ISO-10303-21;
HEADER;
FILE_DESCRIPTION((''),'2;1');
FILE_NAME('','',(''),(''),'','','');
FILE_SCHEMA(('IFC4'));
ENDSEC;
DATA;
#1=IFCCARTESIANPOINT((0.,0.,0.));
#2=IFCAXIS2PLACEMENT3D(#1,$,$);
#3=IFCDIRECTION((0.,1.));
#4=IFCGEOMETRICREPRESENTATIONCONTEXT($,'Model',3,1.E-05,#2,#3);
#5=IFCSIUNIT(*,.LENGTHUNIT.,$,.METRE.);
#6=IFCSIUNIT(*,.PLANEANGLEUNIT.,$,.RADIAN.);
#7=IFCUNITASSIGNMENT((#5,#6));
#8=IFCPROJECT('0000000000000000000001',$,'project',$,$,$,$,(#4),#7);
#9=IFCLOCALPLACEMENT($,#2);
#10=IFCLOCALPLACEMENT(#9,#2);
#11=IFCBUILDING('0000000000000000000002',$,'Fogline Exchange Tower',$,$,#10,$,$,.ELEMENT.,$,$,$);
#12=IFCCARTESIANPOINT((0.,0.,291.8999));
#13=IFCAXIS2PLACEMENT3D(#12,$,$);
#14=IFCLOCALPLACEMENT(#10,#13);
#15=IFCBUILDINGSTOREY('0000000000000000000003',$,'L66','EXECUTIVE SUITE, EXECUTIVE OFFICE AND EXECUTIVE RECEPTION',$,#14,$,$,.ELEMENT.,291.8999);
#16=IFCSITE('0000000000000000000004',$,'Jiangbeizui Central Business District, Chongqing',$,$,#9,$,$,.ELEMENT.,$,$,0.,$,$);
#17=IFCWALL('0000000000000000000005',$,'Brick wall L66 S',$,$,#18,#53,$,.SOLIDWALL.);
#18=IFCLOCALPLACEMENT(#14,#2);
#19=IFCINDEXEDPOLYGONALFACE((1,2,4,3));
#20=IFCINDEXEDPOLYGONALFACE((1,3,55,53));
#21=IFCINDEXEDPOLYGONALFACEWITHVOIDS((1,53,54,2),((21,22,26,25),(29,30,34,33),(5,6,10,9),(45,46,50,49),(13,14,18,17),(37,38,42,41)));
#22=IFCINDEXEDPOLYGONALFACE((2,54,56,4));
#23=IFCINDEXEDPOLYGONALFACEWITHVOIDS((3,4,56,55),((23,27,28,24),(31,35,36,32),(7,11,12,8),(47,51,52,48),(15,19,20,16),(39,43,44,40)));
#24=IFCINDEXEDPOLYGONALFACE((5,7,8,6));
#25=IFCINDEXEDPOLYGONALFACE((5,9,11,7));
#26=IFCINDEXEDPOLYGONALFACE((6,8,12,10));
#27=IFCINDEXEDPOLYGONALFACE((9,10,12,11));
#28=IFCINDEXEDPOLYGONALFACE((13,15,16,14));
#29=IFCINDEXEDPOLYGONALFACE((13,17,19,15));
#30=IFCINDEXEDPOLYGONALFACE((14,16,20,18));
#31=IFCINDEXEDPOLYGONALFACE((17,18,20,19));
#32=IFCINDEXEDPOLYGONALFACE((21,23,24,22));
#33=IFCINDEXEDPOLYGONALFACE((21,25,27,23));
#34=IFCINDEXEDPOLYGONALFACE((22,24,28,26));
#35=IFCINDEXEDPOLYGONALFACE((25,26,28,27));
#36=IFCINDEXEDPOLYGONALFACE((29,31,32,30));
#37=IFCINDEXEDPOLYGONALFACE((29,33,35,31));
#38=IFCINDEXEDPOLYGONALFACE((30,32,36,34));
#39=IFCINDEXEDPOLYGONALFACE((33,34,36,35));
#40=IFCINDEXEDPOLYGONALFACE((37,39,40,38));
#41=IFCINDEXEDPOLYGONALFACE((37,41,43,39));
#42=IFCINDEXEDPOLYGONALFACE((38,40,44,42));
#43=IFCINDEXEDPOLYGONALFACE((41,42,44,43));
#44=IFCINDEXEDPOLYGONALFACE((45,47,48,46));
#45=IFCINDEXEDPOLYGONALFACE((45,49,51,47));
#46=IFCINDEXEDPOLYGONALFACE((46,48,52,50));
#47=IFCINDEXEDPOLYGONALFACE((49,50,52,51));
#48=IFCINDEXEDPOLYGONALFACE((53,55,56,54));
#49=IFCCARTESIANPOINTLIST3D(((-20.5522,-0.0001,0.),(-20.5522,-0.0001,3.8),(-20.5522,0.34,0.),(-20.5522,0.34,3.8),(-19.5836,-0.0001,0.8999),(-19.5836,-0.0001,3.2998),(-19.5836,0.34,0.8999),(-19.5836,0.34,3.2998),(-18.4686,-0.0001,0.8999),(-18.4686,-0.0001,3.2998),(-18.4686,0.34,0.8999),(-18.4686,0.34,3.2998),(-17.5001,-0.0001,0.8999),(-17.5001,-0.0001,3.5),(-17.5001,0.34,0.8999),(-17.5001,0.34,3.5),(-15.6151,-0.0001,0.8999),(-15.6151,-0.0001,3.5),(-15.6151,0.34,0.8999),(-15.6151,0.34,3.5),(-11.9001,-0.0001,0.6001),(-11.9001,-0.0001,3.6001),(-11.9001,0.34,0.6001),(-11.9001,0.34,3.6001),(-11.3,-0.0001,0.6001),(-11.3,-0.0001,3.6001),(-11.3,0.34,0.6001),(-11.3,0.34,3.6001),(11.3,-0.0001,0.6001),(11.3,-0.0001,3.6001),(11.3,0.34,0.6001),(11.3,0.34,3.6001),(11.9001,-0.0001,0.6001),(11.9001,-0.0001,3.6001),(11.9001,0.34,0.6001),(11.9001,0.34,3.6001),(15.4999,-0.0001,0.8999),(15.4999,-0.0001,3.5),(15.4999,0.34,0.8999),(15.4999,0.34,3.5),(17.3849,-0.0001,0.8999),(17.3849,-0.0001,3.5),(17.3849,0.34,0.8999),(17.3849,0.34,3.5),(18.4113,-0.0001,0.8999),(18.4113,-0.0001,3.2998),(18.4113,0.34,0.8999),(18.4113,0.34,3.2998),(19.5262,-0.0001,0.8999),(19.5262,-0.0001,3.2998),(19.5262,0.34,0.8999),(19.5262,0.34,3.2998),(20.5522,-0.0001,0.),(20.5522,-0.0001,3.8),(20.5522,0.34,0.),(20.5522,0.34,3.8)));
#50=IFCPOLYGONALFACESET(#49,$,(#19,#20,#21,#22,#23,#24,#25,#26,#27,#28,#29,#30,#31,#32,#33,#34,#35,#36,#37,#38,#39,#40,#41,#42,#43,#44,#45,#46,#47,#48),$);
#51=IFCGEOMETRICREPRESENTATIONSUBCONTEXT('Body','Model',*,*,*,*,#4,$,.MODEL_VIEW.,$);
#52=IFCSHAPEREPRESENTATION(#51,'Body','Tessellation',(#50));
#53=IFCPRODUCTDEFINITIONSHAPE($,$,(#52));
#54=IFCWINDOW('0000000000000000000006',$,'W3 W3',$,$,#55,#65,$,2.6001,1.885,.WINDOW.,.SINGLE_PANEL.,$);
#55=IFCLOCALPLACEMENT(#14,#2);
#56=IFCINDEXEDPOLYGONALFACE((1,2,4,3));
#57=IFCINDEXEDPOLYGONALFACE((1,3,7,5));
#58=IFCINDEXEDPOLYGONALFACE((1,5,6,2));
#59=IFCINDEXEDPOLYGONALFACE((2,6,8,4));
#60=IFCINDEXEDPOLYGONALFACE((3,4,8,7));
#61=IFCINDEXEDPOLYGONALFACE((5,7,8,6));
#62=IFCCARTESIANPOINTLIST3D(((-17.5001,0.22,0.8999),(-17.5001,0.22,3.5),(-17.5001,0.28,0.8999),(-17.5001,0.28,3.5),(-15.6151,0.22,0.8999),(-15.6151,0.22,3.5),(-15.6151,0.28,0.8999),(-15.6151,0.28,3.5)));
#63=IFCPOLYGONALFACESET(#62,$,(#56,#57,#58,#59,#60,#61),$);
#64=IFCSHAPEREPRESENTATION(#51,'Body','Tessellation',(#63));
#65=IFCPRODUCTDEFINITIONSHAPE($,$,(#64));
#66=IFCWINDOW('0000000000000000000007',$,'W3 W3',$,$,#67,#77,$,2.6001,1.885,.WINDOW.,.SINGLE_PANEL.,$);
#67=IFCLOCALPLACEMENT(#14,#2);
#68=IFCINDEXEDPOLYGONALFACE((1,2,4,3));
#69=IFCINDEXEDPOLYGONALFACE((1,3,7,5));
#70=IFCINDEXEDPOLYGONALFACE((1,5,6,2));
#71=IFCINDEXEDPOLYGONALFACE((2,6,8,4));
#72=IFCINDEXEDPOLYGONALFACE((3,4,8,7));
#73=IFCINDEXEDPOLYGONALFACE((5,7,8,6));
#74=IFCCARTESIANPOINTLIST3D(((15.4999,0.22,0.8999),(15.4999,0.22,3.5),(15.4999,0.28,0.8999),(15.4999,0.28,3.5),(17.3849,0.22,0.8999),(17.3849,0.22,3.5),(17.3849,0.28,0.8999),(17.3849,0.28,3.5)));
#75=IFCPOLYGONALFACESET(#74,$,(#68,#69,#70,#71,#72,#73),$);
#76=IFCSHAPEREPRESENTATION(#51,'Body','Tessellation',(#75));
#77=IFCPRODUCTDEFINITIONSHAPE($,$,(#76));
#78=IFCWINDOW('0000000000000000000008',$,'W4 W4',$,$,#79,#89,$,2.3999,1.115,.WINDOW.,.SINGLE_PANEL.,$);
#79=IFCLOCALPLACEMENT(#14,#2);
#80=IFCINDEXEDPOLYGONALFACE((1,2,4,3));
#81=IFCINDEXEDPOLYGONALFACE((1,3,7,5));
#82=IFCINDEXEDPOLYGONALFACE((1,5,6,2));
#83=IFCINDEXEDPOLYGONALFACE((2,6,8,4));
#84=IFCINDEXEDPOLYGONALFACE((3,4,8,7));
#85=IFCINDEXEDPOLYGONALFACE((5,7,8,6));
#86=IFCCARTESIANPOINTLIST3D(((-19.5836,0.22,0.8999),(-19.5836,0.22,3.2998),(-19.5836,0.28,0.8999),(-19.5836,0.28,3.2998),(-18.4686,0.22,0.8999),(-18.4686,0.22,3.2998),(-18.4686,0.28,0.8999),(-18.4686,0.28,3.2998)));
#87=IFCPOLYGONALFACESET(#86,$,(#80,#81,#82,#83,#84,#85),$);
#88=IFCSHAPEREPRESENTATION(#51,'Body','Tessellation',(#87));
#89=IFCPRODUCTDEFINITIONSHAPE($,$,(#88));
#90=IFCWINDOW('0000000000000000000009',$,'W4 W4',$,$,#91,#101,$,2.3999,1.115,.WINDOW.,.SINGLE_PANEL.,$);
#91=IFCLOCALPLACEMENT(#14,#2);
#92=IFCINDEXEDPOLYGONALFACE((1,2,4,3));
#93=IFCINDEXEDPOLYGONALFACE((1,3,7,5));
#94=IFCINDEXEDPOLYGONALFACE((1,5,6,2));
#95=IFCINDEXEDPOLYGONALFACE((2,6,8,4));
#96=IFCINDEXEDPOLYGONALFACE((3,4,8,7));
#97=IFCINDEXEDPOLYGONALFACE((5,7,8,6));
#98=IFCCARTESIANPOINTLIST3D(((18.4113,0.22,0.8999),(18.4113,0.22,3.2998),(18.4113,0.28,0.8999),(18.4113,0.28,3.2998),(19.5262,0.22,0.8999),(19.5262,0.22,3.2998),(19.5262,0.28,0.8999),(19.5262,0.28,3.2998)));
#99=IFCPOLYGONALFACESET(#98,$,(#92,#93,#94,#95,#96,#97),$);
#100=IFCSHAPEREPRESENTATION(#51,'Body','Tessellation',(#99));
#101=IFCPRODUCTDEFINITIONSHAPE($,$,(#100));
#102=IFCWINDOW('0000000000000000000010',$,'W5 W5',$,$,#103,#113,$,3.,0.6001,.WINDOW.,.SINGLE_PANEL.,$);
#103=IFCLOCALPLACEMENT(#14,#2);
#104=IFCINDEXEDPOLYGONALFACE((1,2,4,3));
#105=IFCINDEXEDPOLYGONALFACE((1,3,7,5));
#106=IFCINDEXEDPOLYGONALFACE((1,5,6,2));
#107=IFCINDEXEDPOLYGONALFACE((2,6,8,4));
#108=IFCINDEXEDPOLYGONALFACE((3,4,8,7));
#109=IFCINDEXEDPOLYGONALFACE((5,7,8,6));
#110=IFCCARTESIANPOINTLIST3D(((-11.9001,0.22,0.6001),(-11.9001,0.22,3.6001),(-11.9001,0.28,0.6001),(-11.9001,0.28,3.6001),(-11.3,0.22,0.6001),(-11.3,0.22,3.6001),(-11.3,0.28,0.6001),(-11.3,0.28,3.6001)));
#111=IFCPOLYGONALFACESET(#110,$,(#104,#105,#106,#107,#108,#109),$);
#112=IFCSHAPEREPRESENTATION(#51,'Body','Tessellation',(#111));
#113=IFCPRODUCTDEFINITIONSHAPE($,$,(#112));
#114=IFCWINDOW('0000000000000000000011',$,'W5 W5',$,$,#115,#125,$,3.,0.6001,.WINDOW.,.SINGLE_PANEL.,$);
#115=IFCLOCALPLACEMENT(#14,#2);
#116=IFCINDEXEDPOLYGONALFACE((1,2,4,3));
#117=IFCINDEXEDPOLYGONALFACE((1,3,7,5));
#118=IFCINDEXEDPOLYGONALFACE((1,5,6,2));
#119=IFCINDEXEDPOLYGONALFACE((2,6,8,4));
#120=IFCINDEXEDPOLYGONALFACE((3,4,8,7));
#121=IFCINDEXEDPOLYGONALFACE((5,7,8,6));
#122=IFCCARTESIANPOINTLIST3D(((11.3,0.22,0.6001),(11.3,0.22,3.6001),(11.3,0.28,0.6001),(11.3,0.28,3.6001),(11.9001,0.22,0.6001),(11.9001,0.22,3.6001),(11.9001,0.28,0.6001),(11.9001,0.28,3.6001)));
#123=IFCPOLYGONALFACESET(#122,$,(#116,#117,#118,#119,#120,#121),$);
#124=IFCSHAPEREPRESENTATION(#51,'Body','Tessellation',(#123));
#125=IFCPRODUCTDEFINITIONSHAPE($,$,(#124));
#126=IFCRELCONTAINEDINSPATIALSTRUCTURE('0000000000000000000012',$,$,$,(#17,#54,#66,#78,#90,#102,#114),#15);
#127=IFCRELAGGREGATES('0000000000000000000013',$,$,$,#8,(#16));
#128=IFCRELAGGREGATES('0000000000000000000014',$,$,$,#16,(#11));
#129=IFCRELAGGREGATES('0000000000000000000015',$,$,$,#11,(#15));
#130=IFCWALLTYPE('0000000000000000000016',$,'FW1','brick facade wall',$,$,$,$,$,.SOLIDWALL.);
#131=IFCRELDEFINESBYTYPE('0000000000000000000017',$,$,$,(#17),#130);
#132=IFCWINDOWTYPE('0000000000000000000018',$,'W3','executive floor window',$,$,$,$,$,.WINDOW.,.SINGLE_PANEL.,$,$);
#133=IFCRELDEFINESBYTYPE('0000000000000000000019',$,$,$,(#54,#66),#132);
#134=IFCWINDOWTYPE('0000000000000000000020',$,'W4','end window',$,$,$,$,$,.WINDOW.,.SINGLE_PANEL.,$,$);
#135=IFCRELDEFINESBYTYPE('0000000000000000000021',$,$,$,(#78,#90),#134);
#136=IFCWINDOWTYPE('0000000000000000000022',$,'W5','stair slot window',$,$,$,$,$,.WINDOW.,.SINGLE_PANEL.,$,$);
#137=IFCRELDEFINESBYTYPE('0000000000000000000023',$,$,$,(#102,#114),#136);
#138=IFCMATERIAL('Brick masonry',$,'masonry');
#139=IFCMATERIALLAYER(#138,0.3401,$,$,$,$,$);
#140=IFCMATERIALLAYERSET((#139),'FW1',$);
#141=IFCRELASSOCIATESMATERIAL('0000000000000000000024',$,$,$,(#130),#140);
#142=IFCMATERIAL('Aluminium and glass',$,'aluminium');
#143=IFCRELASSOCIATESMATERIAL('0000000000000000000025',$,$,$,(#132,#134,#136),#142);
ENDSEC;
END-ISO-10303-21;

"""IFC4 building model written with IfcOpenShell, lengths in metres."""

from ifc_helpers import new_model, si_unit, direction, frame, frame_2d, origin, place, context, subcontext, project, spatial, rectangle, extrude, material, layer, layer_set, type_object, element, fill, save


model = new_model("IFC4")

# Units and contexts
model_context = context("Model", 3, precision=1e-05, world=origin(), true_north=direction((0.0, 1.0)))
body_context = subcontext(model_context, "Body", "Model", "MODEL_VIEW")
ifc_project = project(units=[si_unit("LENGTHUNIT", "METRE"), si_unit("PLANEANGLEUNIT", "RADIAN")], contexts=[model_context])

# Site, building, storey
site_placement = place(None, origin())
site = spatial("IfcSite", under=ifc_project, at=site_placement, Name="Jiangbeizui Central Business District, Chongqing", CompositionType="ELEMENT", RefElevation=0.0)
building_placement = place(site_placement, origin())
building = spatial("IfcBuilding", under=site, at=building_placement, Name="Fogline Exchange Tower", CompositionType="ELEMENT")
storey_placement = place(building_placement, frame((0.0, 0.0, 291.8999)))
storey = spatial("IfcBuildingStorey", under=building, at=storey_placement, Name="L66", Description="EXECUTIVE SUITE, EXECUTIVE OFFICE AND EXECUTIVE RECEPTION", CompositionType="ELEMENT", Elevation=291.8999)

# Shared definitions
ifc_material_1 = material(Name="Brick masonry", Category="masonry")
ifc_layer = layer(ifc_material_1, 0.3401)
ifc_layer_set = layer_set([ifc_layer], Name="FW1")
wall_type = type_object("IfcWallType", Name="FW1", Description="brick facade wall", PredefinedType="SOLIDWALL", material=ifc_layer_set)
ifc_material_2 = material(Name="Aluminium and glass", Category="aluminium")

# Wall, openings, windows
wall_1_placement = place(storey_placement, frame((-20.5522, 0.1699, 0.0), z_axis=(0.0, 0.0, 1.0), x_axis=(1.0, 0.0, 0.0)))
wall_1 = element("IfcWall", 1, at=wall_1_placement, inside=storey, type_object=wall_type, Name="Brick wall L66 S", PredefinedType="SOLIDWALL", context=body_context, shape_type="SweptSolid", body=[
    extrude(rectangle(XDim=41.1045, YDim=0.3401, at=frame_2d((20.5522, 0.0))), origin(), (0.0, 0.0, 1.0), 3.8),
])
opening_1_placement = place(wall_1_placement, frame((3.0522, 0.0, 0.8999)))
opening_1 = element("IfcOpeningElement", 2, at=opening_1_placement, cuts=wall_1, PredefinedType="OPENING", context=body_context, shape_type="SweptSolid", body=[
    extrude(rectangle(XDim=1.885, YDim=2.6001, at=frame_2d((0.9424, 1.3))), frame((0.0, 0.1802, 0.0), z_axis=(0.0, -1.0, 0.0), x_axis=(1.0, 0.0, 0.0)), (0.0, 0.0, 1.0), 0.3601),
])
opening_2_placement = place(wall_1_placement, frame((36.0522, 0.0, 0.8999)))
opening_2 = element("IfcOpeningElement", 3, at=opening_2_placement, cuts=wall_1, PredefinedType="OPENING", context=body_context, shape_type="SweptSolid", body=[
    extrude(rectangle(XDim=1.885, YDim=2.6001, at=frame_2d((0.9424, 1.3))), frame((0.0, 0.1802, 0.0), z_axis=(0.0, -1.0, 0.0), x_axis=(1.0, 0.0, 0.0)), (0.0, 0.0, 1.0), 0.3601),
])
opening_3_placement = place(wall_1_placement, frame((0.9685, 0.0, 0.8999)))
opening_3 = element("IfcOpeningElement", 4, at=opening_3_placement, cuts=wall_1, PredefinedType="OPENING", context=body_context, shape_type="SweptSolid", body=[
    extrude(rectangle(XDim=1.115, YDim=2.3999, at=frame_2d((0.5576, 1.2))), frame((0.0, 0.1802, 0.0), z_axis=(0.0, -1.0, 0.0), x_axis=(1.0, 0.0, 0.0)), (0.0, 0.0, 1.0), 0.3601),
])
opening_4_placement = place(wall_1_placement, frame((38.9634, 0.0, 0.8999)))
opening_4 = element("IfcOpeningElement", 5, at=opening_4_placement, cuts=wall_1, PredefinedType="OPENING", context=body_context, shape_type="SweptSolid", body=[
    extrude(rectangle(XDim=1.115, YDim=2.3999, at=frame_2d((0.5576, 1.2))), frame((0.0, 0.1802, 0.0), z_axis=(0.0, -1.0, 0.0), x_axis=(1.0, 0.0, 0.0)), (0.0, 0.0, 1.0), 0.3601),
])
opening_5_placement = place(wall_1_placement, frame((8.6521, 0.0, 0.6001)))
opening_5 = element("IfcOpeningElement", 6, at=opening_5_placement, cuts=wall_1, PredefinedType="OPENING", context=body_context, shape_type="SweptSolid", body=[
    extrude(rectangle(XDim=0.6001, YDim=3.0, at=frame_2d((0.3, 1.5))), frame((0.0, 0.1802, 0.0), z_axis=(0.0, -1.0, 0.0), x_axis=(1.0, 0.0, 0.0)), (0.0, 0.0, 1.0), 0.3601),
])
opening_6_placement = place(wall_1_placement, frame((31.8523, 0.0, 0.6001)))
opening_6 = element("IfcOpeningElement", 7, at=opening_6_placement, cuts=wall_1, PredefinedType="OPENING", context=body_context, shape_type="SweptSolid", body=[
    extrude(rectangle(XDim=0.6001, YDim=3.0, at=frame_2d((0.3, 1.5))), frame((0.0, 0.1802, 0.0), z_axis=(0.0, -1.0, 0.0), x_axis=(1.0, 0.0, 0.0)), (0.0, 0.0, 1.0), 0.3601),
])
window_type_1 = type_object("IfcWindowType", Name="W3", Description="executive floor window", PartitioningType="SINGLE_PANEL", PredefinedType="WINDOW", material=ifc_material_2)
window_1_placement = place(opening_1_placement, origin())
window_1 = element("IfcWindow", 8, at=window_1_placement, inside=storey, type_object=window_type_1, Name="W3 W3", OverallHeight=2.6001, OverallWidth=1.885, PartitioningType="SINGLE_PANEL", PredefinedType="WINDOW", context=body_context, shape_type="SweptSolid", body=[
    extrude(rectangle(XDim=1.885, YDim=2.6001, at=frame_2d((0.9424, 1.3))), frame((0.0, 0.1101, 0.0), z_axis=(0.0, -1.0, 0.0), x_axis=(1.0, 0.0, 0.0)), (0.0, 0.0, 1.0), 0.0601),
])
fill(opening_1, window_1)
window_2_placement = place(opening_2_placement, origin())
window_2 = element("IfcWindow", 9, at=window_2_placement, inside=storey, type_object=window_type_1, Name="W3 W3", OverallHeight=2.6001, OverallWidth=1.885, PartitioningType="SINGLE_PANEL", PredefinedType="WINDOW", context=body_context, shape_type="SweptSolid", body=[
    extrude(rectangle(XDim=1.885, YDim=2.6001, at=frame_2d((0.9424, 1.3))), frame((0.0, 0.1101, 0.0), z_axis=(0.0, -1.0, 0.0), x_axis=(1.0, 0.0, 0.0)), (0.0, 0.0, 1.0), 0.0601),
])
fill(opening_2, window_2)
window_type_2 = type_object("IfcWindowType", Name="W4", Description="end window", PartitioningType="SINGLE_PANEL", PredefinedType="WINDOW", material=ifc_material_2)
window_3_placement = place(opening_3_placement, origin())
window_3 = element("IfcWindow", 10, at=window_3_placement, inside=storey, type_object=window_type_2, Name="W4 W4", OverallHeight=2.3999, OverallWidth=1.115, PartitioningType="SINGLE_PANEL", PredefinedType="WINDOW", context=body_context, shape_type="SweptSolid", body=[
    extrude(rectangle(XDim=1.115, YDim=2.3999, at=frame_2d((0.5576, 1.2))), frame((0.0, 0.1101, 0.0), z_axis=(0.0, -1.0, 0.0), x_axis=(1.0, 0.0, 0.0)), (0.0, 0.0, 1.0), 0.0601),
])
fill(opening_3, window_3)
window_4_placement = place(opening_4_placement, origin())
window_4 = element("IfcWindow", 11, at=window_4_placement, inside=storey, type_object=window_type_2, Name="W4 W4", OverallHeight=2.3999, OverallWidth=1.115, PartitioningType="SINGLE_PANEL", PredefinedType="WINDOW", context=body_context, shape_type="SweptSolid", body=[
    extrude(rectangle(XDim=1.115, YDim=2.3999, at=frame_2d((0.5576, 1.2))), frame((0.0, 0.1101, 0.0), z_axis=(0.0, -1.0, 0.0), x_axis=(1.0, 0.0, 0.0)), (0.0, 0.0, 1.0), 0.0601),
])
fill(opening_4, window_4)
window_type_3 = type_object("IfcWindowType", Name="W5", Description="stair slot window", PartitioningType="SINGLE_PANEL", PredefinedType="WINDOW", material=ifc_material_2)
window_5_placement = place(opening_5_placement, origin())
window_5 = element("IfcWindow", 12, at=window_5_placement, inside=storey, type_object=window_type_3, Name="W5 W5", OverallHeight=3.0, OverallWidth=0.6001, PartitioningType="SINGLE_PANEL", PredefinedType="WINDOW", context=body_context, shape_type="SweptSolid", body=[
    extrude(rectangle(XDim=0.6001, YDim=3.0, at=frame_2d((0.3, 1.5))), frame((0.0, 0.1101, 0.0), z_axis=(0.0, -1.0, 0.0), x_axis=(1.0, 0.0, 0.0)), (0.0, 0.0, 1.0), 0.0601),
])
fill(opening_5, window_5)
window_6_placement = place(opening_6_placement, origin())
window_6 = element("IfcWindow", 13, at=window_6_placement, inside=storey, type_object=window_type_3, Name="W5 W5", OverallHeight=3.0, OverallWidth=0.6001, PartitioningType="SINGLE_PANEL", PredefinedType="WINDOW", context=body_context, shape_type="SweptSolid", body=[
    extrude(rectangle(XDim=0.6001, YDim=3.0, at=frame_2d((0.3, 1.5))), frame((0.0, 0.1101, 0.0), z_axis=(0.0, -1.0, 0.0), x_axis=(1.0, 0.0, 0.0)), (0.0, 0.0, 1.0), 0.0601),
])
fill(opening_6, window_6)

save(model, "model.ifc")
